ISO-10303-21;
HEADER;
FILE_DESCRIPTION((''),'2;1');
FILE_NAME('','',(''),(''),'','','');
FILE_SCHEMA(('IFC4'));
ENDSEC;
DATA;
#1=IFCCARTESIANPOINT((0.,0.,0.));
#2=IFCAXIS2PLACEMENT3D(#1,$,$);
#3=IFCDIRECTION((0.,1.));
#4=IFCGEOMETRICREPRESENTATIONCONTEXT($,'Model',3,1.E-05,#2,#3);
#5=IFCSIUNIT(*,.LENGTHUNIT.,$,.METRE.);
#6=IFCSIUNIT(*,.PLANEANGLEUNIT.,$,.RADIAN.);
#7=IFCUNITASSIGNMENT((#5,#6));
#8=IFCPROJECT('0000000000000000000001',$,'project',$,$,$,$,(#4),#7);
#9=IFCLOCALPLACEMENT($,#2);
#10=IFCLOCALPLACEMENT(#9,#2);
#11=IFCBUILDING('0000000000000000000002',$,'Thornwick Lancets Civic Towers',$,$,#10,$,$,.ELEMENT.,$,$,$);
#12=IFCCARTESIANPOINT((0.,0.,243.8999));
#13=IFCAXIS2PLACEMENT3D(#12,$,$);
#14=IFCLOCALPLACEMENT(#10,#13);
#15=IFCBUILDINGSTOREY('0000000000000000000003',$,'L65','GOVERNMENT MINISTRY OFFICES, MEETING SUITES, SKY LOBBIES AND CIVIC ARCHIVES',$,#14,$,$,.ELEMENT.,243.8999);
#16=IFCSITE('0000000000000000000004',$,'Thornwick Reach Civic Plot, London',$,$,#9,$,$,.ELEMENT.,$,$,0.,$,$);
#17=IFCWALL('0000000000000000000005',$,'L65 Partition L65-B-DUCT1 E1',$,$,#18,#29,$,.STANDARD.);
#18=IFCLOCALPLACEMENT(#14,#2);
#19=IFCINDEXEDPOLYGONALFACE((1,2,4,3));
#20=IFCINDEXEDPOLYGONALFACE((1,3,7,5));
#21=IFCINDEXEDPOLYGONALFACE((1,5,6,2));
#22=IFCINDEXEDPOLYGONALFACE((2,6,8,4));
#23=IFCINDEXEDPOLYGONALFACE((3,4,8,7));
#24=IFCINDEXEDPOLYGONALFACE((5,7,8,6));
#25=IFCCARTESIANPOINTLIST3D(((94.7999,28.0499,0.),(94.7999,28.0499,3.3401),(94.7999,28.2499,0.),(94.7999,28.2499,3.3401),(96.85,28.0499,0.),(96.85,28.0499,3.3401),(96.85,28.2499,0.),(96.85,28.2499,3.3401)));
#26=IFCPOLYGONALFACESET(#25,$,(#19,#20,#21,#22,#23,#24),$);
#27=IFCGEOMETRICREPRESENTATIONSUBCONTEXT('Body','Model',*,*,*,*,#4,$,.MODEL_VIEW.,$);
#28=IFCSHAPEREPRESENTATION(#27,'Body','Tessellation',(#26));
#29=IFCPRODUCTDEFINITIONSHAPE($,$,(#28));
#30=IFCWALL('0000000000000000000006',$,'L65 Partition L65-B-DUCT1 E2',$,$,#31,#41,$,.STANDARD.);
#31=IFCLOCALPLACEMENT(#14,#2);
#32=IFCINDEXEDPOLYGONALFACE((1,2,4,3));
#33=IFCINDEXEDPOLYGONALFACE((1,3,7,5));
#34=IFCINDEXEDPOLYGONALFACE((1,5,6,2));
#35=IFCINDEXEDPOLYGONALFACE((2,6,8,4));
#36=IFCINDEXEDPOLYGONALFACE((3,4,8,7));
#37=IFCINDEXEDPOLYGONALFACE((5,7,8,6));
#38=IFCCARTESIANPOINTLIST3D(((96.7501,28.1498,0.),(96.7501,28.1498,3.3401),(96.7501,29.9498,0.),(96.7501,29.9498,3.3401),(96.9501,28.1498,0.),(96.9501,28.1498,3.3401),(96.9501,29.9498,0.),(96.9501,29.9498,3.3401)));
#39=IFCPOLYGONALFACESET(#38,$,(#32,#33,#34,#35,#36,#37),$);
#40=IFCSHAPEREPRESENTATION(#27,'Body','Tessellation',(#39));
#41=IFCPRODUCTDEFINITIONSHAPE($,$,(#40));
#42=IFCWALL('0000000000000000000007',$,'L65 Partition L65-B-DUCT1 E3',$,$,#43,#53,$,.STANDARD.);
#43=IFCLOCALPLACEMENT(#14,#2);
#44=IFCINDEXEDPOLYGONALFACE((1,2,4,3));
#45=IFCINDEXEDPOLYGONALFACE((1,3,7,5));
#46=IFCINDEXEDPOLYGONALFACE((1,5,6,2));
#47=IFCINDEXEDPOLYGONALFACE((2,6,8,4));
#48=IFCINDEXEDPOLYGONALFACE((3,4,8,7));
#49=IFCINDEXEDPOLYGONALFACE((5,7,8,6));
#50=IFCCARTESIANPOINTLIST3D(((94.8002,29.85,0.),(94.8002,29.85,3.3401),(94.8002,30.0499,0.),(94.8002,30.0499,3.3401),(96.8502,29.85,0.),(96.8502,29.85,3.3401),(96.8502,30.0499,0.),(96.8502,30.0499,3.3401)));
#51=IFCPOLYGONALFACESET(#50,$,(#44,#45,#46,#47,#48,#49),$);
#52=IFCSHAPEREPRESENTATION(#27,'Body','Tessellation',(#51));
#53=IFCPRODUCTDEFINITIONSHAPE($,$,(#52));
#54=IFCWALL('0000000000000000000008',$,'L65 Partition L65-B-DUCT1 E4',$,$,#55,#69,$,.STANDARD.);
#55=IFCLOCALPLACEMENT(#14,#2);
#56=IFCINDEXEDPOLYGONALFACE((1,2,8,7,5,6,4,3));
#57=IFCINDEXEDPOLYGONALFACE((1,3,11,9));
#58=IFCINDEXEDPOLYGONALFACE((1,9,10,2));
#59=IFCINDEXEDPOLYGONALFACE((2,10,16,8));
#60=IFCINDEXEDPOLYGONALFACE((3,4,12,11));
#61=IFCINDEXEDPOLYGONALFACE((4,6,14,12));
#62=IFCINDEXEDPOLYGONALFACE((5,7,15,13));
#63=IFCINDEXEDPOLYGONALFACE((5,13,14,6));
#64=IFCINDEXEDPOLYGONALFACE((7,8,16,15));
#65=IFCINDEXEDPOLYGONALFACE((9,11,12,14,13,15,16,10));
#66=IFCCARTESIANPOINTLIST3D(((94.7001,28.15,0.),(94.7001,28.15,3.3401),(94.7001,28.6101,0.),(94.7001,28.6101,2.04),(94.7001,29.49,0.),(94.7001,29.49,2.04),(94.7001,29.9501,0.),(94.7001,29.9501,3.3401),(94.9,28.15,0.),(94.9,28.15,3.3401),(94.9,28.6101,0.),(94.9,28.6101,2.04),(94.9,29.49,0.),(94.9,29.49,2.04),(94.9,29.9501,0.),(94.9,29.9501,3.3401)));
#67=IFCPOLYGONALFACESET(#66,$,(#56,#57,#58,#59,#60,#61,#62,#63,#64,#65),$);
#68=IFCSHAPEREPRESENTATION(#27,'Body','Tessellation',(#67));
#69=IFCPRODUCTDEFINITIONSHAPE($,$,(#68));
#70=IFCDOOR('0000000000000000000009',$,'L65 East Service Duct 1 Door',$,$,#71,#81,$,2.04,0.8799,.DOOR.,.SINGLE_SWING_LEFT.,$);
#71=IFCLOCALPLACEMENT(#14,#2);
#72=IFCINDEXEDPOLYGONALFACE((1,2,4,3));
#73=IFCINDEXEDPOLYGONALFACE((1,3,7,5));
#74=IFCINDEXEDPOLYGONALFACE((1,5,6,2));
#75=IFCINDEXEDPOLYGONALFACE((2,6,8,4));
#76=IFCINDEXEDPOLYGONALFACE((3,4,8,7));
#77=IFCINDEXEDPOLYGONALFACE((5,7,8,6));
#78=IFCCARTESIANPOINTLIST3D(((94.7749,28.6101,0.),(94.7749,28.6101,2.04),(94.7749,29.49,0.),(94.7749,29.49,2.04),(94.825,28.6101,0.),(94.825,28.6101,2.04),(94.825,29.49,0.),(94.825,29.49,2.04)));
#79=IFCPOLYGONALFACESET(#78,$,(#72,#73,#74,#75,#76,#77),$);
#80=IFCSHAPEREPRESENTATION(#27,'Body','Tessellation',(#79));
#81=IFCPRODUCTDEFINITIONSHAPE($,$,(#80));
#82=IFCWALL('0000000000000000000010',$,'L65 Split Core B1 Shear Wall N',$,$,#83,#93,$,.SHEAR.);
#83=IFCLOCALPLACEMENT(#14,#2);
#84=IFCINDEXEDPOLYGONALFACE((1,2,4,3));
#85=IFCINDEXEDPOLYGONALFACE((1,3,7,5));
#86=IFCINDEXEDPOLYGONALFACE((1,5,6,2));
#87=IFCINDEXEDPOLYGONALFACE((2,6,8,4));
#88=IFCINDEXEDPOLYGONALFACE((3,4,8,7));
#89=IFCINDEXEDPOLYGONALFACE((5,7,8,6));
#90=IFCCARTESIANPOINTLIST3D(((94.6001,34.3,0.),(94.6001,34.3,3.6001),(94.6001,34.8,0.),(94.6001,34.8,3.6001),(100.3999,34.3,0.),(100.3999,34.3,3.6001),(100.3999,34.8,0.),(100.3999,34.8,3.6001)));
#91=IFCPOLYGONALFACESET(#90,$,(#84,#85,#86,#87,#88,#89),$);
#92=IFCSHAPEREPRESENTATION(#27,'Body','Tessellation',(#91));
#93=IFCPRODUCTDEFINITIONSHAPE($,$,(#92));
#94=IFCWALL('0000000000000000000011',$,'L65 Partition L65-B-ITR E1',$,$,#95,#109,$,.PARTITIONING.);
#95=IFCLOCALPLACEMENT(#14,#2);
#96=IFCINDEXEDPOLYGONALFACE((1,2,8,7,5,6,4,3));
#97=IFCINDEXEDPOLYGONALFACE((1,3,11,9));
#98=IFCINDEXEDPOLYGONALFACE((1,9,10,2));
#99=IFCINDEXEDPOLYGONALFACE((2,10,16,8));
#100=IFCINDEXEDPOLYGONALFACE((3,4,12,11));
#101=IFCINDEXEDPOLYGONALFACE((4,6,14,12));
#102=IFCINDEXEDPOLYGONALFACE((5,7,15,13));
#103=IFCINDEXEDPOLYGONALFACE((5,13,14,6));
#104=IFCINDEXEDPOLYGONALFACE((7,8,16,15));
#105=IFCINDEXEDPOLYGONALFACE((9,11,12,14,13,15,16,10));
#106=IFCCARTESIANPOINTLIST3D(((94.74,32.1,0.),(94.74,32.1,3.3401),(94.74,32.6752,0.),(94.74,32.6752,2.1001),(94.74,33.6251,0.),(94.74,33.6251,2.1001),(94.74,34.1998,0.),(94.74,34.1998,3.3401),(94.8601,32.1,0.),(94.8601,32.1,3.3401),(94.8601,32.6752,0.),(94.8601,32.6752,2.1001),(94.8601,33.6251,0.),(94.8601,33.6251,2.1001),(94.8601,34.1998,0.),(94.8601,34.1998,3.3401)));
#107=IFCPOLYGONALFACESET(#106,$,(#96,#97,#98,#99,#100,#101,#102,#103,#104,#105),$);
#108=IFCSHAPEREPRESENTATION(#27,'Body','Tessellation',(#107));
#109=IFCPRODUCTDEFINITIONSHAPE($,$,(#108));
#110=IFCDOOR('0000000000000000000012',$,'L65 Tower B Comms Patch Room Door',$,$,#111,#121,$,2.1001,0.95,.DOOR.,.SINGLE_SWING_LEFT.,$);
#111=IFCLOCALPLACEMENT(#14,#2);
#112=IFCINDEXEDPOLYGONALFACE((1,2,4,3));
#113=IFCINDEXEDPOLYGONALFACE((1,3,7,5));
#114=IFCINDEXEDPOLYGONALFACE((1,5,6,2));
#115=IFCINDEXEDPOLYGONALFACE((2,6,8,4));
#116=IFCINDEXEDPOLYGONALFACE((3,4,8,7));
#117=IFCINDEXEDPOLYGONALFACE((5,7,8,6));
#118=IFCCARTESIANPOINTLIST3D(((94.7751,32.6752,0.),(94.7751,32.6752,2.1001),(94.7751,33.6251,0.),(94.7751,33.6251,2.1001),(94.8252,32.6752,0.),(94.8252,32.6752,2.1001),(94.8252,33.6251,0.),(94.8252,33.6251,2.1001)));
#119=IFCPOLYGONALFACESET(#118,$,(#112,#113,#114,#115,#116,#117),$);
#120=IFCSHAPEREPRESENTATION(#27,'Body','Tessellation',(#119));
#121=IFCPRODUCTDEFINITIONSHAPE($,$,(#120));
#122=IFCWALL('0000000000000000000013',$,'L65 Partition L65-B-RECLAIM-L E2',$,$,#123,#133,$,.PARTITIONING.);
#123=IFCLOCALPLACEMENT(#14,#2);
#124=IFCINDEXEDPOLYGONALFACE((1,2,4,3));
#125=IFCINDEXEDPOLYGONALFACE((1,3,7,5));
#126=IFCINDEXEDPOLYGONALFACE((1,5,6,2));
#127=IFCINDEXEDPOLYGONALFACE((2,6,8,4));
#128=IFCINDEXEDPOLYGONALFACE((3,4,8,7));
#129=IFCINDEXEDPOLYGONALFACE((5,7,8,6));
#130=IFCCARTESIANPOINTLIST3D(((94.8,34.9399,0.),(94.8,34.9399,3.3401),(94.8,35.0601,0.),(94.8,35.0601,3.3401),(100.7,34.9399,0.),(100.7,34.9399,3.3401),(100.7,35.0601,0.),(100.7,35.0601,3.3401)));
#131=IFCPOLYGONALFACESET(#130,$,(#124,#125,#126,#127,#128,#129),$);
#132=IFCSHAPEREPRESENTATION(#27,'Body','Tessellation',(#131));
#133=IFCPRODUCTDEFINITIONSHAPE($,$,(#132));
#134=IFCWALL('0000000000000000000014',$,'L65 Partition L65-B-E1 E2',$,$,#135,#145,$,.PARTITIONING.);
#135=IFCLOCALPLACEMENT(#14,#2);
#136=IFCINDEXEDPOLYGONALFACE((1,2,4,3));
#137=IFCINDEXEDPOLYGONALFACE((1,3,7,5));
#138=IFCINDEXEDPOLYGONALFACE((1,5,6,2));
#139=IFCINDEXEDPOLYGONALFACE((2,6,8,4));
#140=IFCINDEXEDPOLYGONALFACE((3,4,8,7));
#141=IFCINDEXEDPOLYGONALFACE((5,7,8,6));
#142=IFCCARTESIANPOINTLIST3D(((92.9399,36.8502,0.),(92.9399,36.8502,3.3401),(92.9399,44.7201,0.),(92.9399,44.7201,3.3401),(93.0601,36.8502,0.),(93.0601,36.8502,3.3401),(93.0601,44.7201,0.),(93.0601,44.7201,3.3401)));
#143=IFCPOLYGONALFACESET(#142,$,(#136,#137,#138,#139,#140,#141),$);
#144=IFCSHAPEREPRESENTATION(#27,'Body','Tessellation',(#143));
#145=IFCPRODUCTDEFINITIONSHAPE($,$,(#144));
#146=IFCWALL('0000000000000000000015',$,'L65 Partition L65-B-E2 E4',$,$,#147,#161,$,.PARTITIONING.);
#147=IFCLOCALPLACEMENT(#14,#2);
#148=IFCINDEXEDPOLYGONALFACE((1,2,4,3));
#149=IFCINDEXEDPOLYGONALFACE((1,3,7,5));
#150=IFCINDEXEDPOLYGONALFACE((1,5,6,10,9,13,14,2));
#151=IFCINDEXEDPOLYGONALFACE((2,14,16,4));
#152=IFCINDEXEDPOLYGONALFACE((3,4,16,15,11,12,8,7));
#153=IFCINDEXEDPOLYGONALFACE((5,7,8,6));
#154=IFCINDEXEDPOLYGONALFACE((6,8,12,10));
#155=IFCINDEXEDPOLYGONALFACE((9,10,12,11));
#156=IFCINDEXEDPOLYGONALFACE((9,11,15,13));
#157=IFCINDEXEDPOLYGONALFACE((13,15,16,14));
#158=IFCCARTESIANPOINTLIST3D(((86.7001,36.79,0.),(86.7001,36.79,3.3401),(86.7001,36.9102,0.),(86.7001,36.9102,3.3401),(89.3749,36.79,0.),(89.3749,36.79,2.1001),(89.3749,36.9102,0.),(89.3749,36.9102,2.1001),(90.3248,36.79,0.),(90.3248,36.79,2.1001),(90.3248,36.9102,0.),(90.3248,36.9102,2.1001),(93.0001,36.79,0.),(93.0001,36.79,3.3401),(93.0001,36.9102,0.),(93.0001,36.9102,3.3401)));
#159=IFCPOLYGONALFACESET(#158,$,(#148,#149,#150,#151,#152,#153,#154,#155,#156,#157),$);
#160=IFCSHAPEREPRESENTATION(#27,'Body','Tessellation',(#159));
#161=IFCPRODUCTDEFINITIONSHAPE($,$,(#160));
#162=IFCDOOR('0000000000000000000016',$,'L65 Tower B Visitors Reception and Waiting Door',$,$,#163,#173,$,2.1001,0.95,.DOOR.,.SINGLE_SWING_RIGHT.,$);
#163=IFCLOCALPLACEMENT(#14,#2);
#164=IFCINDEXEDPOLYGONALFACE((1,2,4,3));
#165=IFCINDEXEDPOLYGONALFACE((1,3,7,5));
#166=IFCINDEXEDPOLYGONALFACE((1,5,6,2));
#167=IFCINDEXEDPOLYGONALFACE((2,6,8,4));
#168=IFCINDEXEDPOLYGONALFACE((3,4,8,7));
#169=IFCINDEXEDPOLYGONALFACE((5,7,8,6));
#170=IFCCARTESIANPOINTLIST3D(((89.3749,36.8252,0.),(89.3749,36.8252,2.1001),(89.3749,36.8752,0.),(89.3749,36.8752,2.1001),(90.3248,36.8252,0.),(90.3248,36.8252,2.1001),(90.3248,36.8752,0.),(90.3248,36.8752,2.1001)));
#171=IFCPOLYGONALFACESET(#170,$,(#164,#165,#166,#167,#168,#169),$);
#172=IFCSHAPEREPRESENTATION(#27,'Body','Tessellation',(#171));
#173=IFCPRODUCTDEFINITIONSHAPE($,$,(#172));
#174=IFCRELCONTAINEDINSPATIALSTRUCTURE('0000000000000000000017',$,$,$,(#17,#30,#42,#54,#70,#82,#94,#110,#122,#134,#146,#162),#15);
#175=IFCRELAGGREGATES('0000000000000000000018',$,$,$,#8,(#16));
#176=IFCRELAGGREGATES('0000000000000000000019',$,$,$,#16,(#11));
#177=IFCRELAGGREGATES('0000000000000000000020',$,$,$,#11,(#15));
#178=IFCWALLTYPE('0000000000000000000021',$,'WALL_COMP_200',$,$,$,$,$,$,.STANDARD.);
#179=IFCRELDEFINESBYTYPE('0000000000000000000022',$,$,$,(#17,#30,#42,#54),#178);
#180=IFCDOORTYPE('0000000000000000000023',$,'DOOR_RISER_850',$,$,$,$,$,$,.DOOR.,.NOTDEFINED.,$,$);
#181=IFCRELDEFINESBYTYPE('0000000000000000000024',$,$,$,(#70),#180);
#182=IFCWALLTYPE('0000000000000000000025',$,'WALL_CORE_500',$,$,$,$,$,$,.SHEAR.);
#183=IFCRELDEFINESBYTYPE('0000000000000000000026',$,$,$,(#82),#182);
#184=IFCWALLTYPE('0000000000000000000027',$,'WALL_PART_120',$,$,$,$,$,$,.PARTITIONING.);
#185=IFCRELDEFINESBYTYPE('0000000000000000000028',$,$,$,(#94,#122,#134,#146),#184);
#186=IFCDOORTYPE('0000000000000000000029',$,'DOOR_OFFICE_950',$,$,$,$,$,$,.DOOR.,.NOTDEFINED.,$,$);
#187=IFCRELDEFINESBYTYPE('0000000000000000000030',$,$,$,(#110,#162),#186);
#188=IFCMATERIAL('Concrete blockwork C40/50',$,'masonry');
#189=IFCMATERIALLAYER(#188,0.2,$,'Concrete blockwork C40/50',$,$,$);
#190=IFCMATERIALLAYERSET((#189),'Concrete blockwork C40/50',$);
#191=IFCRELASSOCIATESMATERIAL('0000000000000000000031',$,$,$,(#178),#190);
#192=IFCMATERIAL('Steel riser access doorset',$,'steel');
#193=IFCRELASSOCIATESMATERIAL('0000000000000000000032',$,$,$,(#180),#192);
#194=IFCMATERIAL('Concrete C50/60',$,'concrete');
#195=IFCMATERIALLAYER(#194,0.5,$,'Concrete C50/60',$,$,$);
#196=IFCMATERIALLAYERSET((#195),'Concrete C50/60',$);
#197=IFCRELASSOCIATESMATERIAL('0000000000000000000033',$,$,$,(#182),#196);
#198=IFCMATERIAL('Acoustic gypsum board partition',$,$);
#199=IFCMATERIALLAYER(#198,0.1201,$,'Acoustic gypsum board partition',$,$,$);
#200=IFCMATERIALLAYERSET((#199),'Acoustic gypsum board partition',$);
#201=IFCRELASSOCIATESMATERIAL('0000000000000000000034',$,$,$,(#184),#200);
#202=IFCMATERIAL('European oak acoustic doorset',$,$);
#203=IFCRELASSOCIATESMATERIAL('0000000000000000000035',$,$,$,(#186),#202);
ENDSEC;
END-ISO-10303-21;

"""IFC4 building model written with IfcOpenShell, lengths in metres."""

from ifc_helpers import new_model, si_unit, direction, frame, frame_2d, origin, place, context, subcontext, project, spatial, rectangle, extrude, material, layer, layer_set, type_object, element, fill, save


model = new_model("IFC4")

# Units and contexts
model_context = context("Model", 3, precision=1e-05, world=origin(), true_north=direction((0.0, 1.0)))
body_context = subcontext(model_context, "Body", "Model", "MODEL_VIEW")
ifc_project = project(units=[si_unit("LENGTHUNIT", "METRE"), si_unit("PLANEANGLEUNIT", "RADIAN")], contexts=[model_context])

# Site, building, storey
site_placement = place(None, origin())
site = spatial("IfcSite", under=ifc_project, at=site_placement, Name="Thornwick Reach Civic Plot, London", CompositionType="ELEMENT", RefElevation=0.0)
building_placement = place(site_placement, origin())
building = spatial("IfcBuilding", under=site, at=building_placement, Name="Thornwick Lancets Civic Towers", CompositionType="ELEMENT")
storey_placement = place(building_placement, frame((0.0, 0.0, 243.8999)))
storey = spatial("IfcBuildingStorey", under=building, at=storey_placement, Name="L65", Description="GOVERNMENT MINISTRY OFFICES, MEETING SUITES, SKY LOBBIES AND CIVIC ARCHIVES", CompositionType="ELEMENT", Elevation=243.8999)

# Shared definitions
ifc_material_1 = material(Name="Concrete C50/60", Category="concrete")

# Shared definitions
ifc_material_2 = material(Name="Concrete blockwork C40/50", Category="masonry")
ifc_layer_1 = layer(ifc_material_2, 0.2, Name="Concrete blockwork C40/50")
ifc_layer_set_1 = layer_set([ifc_layer_1], Name="Concrete blockwork C40/50")
wall_type_1 = type_object("IfcWallType", Name="WALL_COMP_200", PredefinedType="STANDARD", material=ifc_layer_set_1)

# Walls
wall_1_placement = place(storey_placement, frame((94.8, 28.1499, 0.0), z_axis=(0.0, 0.0, 1.0), x_axis=(1.0, 0.0, 0.0)))
element("IfcWall", 1, at=wall_1_placement, inside=storey, type_object=wall_type_1, Name="L65 Partition L65-B-DUCT1 E1", PredefinedType="STANDARD", context=body_context, shape_type="SweptSolid", body=[
    extrude(rectangle(XDim=2.05, YDim=0.2, at=frame_2d((1.0249, 0.0))), origin(), (0.0, 0.0, 1.0), 3.3401),
])
wall_2_placement = place(storey_placement, frame((96.8501, 28.1499, 0.0), z_axis=(0.0, 0.0, 1.0), x_axis=(0.0, 1.0, 0.0)))
element("IfcWall", 2, at=wall_2_placement, inside=storey, type_object=wall_type_1, Name="L65 Partition L65-B-DUCT1 E2", PredefinedType="STANDARD", context=body_context, shape_type="SweptSolid", body=[
    extrude(rectangle(XDim=1.8, YDim=0.2, at=frame_2d((0.8999, 0.0))), origin(), (0.0, 0.0, 1.0), 3.3401),
])
wall_3_placement = place(storey_placement, frame((96.8501, 29.95, 0.0), z_axis=(0.0, 0.0, 1.0), x_axis=(-1.0, 0.0, 0.0)))
element("IfcWall", 3, at=wall_3_placement, inside=storey, type_object=wall_type_1, Name="L65 Partition L65-B-DUCT1 E3", PredefinedType="STANDARD", context=body_context, shape_type="SweptSolid", body=[
    extrude(rectangle(XDim=2.05, YDim=0.2, at=frame_2d((1.0249, 0.0))), origin(), (0.0, 0.0, 1.0), 3.3401),
])

# Wall, opening, door
wall_4_placement = place(storey_placement, frame((94.8, 29.95, 0.0), z_axis=(0.0, 0.0, 1.0), x_axis=(0.0, -1.0, 0.0)))
wall_4 = element("IfcWall", 4, at=wall_4_placement, inside=storey, type_object=wall_type_1, Name="L65 Partition L65-B-DUCT1 E4", PredefinedType="STANDARD", context=body_context, shape_type="SweptSolid", body=[
    extrude(rectangle(XDim=1.8, YDim=0.2, at=frame_2d((0.8999, 0.0))), origin(), (0.0, 0.0, 1.0), 3.3401),
])
opening_1_placement = place(wall_4_placement, frame((0.46, 0.0, 0.0)))
opening_1 = element("IfcOpeningElement", 5, at=opening_1_placement, cuts=wall_4, PredefinedType="OPENING", context=body_context, shape_type="SweptSolid", body=[
    extrude(rectangle(XDim=0.8799, YDim=2.04, at=frame_2d((0.4399, 1.02))), frame((0.0, 0.1099, 0.0), z_axis=(0.0, -1.0, 0.0), x_axis=(1.0, 0.0, 0.0)), (0.0, 0.0, 1.0), 0.22),
])
ifc_material_3 = material(Name="Steel riser access doorset", Category="steel")
door_type_1 = type_object("IfcDoorType", Name="DOOR_RISER_850", OperationType="NOTDEFINED", PredefinedType="DOOR", material=ifc_material_3)
door_1_placement = place(opening_1_placement, origin())
door_1 = element("IfcDoor", 6, at=door_1_placement, inside=storey, type_object=door_type_1, Name="L65 East Service Duct 1 Door", OperationType="SINGLE_SWING_LEFT", OverallHeight=2.04, OverallWidth=0.8799, PredefinedType="DOOR", context=body_context, shape_type="SweptSolid", body=[
    extrude(rectangle(XDim=0.8799, YDim=2.04, at=frame_2d((0.4399, 1.02))), frame((0.0, 0.0249, 0.0), z_axis=(0.0, -1.0, 0.0), x_axis=(1.0, 0.0, 0.0)), (0.0, 0.0, 1.0), 0.05),
])
fill(opening_1, door_1)

# Wall
ifc_layer_2 = layer(ifc_material_1, 0.5, Name="Concrete C50/60")
ifc_layer_set_2 = layer_set([ifc_layer_2], Name="Concrete C50/60")
wall_type_2 = type_object("IfcWallType", Name="WALL_CORE_500", PredefinedType="SHEAR", material=ifc_layer_set_2)
wall_5_placement = place(storey_placement, frame((94.6001, 34.55, 0.0), z_axis=(0.0, 0.0, 1.0), x_axis=(1.0, 0.0, 0.0)))
element("IfcWall", 7, at=wall_5_placement, inside=storey, type_object=wall_type_2, Name="L65 Split Core B1 Shear Wall N", PredefinedType="SHEAR", context=body_context, shape_type="SweptSolid", body=[
    extrude(rectangle(XDim=5.7998, YDim=0.5, at=frame_2d((2.8999, 0.0))), origin(), (0.0, 0.0, 1.0), 3.6001),
])

# Wall, opening, door
ifc_material_4 = material(Name="Acoustic gypsum board partition")
ifc_layer_3 = layer(ifc_material_4, 0.1201, Name="Acoustic gypsum board partition")
ifc_layer_set_3 = layer_set([ifc_layer_3], Name="Acoustic gypsum board partition")
wall_type_3 = type_object("IfcWallType", Name="WALL_PART_120", PredefinedType="PARTITIONING", material=ifc_layer_set_3)
wall_6_placement = place(storey_placement, frame((94.8, 32.1001, 0.0), z_axis=(0.0, 0.0, 1.0), x_axis=(0.0, 1.0, 0.0)))
wall_6 = element("IfcWall", 8, at=wall_6_placement, inside=storey, type_object=wall_type_3, Name="L65 Partition L65-B-ITR E1", PredefinedType="PARTITIONING", context=body_context, shape_type="SweptSolid", body=[
    extrude(rectangle(XDim=2.0999, YDim=0.1201, at=frame_2d((1.0498, 0.0))), origin(), (0.0, 0.0, 1.0), 3.3401),
])
opening_2_placement = place(wall_6_placement, frame((0.575, 0.0, 0.0)))
opening_2 = element("IfcOpeningElement", 9, at=opening_2_placement, cuts=wall_6, PredefinedType="OPENING", context=body_context, shape_type="SweptSolid", body=[
    extrude(rectangle(XDim=0.95, YDim=2.1001, at=frame_2d((0.4751, 1.05))), frame((0.0, 0.0701, 0.0), z_axis=(0.0, -1.0, 0.0), x_axis=(1.0, 0.0, 0.0)), (0.0, 0.0, 1.0), 0.1401),
])
ifc_material_5 = material(Name="European oak acoustic doorset")
door_type_2 = type_object("IfcDoorType", Name="DOOR_OFFICE_950", OperationType="NOTDEFINED", PredefinedType="DOOR", material=ifc_material_5)
door_2_placement = place(opening_2_placement, origin())
door_2 = element("IfcDoor", 10, at=door_2_placement, inside=storey, type_object=door_type_2, Name="L65 Tower B Comms Patch Room Door", OperationType="SINGLE_SWING_LEFT", OverallHeight=2.1001, OverallWidth=0.95, PredefinedType="DOOR", context=body_context, shape_type="SweptSolid", body=[
    extrude(rectangle(XDim=0.95, YDim=2.1001, at=frame_2d((0.4751, 1.05))), frame((0.0, 0.0249, 0.0), z_axis=(0.0, -1.0, 0.0), x_axis=(1.0, 0.0, 0.0)), (0.0, 0.0, 1.0), 0.05),
])
fill(opening_2, door_2)

# Walls
wall_7_placement = place(storey_placement, frame((94.8, 35.0, 0.0), z_axis=(0.0, 0.0, 1.0), x_axis=(1.0, 0.0, 0.0)))
element("IfcWall", 11, at=wall_7_placement, inside=storey, type_object=wall_type_3, Name="L65 Partition L65-B-RECLAIM-L E2", PredefinedType="PARTITIONING", context=body_context, shape_type="SweptSolid", body=[
    extrude(rectangle(XDim=5.8999, YDim=0.1201, at=frame_2d((2.95, 0.0))), origin(), (0.0, 0.0, 1.0), 3.3401),
])
wall_8_placement = place(storey_placement, frame((93.0, 36.8501, 0.0), z_axis=(0.0, 0.0, 1.0), x_axis=(0.0, 1.0, 0.0)))
element("IfcWall", 12, at=wall_8_placement, inside=storey, type_object=wall_type_3, Name="L65 Partition L65-B-E1 E2", PredefinedType="PARTITIONING", context=body_context, shape_type="SweptSolid", body=[
    extrude(rectangle(XDim=7.8699, YDim=0.1201, at=frame_2d((3.9351, 0.0))), origin(), (0.0, 0.0, 1.0), 3.3401),
])

# Wall, opening, door
wall_9_placement = place(storey_placement, frame((93.0, 36.8501, 0.0), z_axis=(0.0, 0.0, 1.0), x_axis=(-1.0, 0.0, 0.0)))
wall_9 = element("IfcWall", 13, at=wall_9_placement, inside=storey, type_object=wall_type_3, Name="L65 Partition L65-B-E2 E4", PredefinedType="PARTITIONING", context=body_context, shape_type="SweptSolid", body=[
    extrude(rectangle(XDim=6.3, YDim=0.1201, at=frame_2d((3.1499, 0.0))), origin(), (0.0, 0.0, 1.0), 3.3401),
])
opening_3_placement = place(wall_9_placement, frame((2.675, 0.0, 0.0)))
opening_3 = element("IfcOpeningElement", 14, at=opening_3_placement, cuts=wall_9, PredefinedType="OPENING", context=body_context, shape_type="SweptSolid", body=[
    extrude(rectangle(XDim=0.95, YDim=2.1001, at=frame_2d((0.4751, 1.05))), frame((0.0, 0.0701, 0.0), z_axis=(0.0, -1.0, 0.0), x_axis=(1.0, 0.0, 0.0)), (0.0, 0.0, 1.0), 0.1401),
])
door_3_placement = place(opening_3_placement, origin())
door_3 = element("IfcDoor", 15, at=door_3_placement, inside=storey, type_object=door_type_2, Name="L65 Tower B Visitors Reception and Waiting Door", OperationType="SINGLE_SWING_RIGHT", OverallHeight=2.1001, OverallWidth=0.95, PredefinedType="DOOR", context=body_context, shape_type="SweptSolid", body=[
    extrude(rectangle(XDim=0.95, YDim=2.1001, at=frame_2d((0.4751, 1.05))), frame((0.0, 0.0249, 0.0), z_axis=(0.0, -1.0, 0.0), x_axis=(1.0, 0.0, 0.0)), (0.0, 0.0, 1.0), 0.05),
])
fill(opening_3, door_3)

save(model, "model.ifc")
